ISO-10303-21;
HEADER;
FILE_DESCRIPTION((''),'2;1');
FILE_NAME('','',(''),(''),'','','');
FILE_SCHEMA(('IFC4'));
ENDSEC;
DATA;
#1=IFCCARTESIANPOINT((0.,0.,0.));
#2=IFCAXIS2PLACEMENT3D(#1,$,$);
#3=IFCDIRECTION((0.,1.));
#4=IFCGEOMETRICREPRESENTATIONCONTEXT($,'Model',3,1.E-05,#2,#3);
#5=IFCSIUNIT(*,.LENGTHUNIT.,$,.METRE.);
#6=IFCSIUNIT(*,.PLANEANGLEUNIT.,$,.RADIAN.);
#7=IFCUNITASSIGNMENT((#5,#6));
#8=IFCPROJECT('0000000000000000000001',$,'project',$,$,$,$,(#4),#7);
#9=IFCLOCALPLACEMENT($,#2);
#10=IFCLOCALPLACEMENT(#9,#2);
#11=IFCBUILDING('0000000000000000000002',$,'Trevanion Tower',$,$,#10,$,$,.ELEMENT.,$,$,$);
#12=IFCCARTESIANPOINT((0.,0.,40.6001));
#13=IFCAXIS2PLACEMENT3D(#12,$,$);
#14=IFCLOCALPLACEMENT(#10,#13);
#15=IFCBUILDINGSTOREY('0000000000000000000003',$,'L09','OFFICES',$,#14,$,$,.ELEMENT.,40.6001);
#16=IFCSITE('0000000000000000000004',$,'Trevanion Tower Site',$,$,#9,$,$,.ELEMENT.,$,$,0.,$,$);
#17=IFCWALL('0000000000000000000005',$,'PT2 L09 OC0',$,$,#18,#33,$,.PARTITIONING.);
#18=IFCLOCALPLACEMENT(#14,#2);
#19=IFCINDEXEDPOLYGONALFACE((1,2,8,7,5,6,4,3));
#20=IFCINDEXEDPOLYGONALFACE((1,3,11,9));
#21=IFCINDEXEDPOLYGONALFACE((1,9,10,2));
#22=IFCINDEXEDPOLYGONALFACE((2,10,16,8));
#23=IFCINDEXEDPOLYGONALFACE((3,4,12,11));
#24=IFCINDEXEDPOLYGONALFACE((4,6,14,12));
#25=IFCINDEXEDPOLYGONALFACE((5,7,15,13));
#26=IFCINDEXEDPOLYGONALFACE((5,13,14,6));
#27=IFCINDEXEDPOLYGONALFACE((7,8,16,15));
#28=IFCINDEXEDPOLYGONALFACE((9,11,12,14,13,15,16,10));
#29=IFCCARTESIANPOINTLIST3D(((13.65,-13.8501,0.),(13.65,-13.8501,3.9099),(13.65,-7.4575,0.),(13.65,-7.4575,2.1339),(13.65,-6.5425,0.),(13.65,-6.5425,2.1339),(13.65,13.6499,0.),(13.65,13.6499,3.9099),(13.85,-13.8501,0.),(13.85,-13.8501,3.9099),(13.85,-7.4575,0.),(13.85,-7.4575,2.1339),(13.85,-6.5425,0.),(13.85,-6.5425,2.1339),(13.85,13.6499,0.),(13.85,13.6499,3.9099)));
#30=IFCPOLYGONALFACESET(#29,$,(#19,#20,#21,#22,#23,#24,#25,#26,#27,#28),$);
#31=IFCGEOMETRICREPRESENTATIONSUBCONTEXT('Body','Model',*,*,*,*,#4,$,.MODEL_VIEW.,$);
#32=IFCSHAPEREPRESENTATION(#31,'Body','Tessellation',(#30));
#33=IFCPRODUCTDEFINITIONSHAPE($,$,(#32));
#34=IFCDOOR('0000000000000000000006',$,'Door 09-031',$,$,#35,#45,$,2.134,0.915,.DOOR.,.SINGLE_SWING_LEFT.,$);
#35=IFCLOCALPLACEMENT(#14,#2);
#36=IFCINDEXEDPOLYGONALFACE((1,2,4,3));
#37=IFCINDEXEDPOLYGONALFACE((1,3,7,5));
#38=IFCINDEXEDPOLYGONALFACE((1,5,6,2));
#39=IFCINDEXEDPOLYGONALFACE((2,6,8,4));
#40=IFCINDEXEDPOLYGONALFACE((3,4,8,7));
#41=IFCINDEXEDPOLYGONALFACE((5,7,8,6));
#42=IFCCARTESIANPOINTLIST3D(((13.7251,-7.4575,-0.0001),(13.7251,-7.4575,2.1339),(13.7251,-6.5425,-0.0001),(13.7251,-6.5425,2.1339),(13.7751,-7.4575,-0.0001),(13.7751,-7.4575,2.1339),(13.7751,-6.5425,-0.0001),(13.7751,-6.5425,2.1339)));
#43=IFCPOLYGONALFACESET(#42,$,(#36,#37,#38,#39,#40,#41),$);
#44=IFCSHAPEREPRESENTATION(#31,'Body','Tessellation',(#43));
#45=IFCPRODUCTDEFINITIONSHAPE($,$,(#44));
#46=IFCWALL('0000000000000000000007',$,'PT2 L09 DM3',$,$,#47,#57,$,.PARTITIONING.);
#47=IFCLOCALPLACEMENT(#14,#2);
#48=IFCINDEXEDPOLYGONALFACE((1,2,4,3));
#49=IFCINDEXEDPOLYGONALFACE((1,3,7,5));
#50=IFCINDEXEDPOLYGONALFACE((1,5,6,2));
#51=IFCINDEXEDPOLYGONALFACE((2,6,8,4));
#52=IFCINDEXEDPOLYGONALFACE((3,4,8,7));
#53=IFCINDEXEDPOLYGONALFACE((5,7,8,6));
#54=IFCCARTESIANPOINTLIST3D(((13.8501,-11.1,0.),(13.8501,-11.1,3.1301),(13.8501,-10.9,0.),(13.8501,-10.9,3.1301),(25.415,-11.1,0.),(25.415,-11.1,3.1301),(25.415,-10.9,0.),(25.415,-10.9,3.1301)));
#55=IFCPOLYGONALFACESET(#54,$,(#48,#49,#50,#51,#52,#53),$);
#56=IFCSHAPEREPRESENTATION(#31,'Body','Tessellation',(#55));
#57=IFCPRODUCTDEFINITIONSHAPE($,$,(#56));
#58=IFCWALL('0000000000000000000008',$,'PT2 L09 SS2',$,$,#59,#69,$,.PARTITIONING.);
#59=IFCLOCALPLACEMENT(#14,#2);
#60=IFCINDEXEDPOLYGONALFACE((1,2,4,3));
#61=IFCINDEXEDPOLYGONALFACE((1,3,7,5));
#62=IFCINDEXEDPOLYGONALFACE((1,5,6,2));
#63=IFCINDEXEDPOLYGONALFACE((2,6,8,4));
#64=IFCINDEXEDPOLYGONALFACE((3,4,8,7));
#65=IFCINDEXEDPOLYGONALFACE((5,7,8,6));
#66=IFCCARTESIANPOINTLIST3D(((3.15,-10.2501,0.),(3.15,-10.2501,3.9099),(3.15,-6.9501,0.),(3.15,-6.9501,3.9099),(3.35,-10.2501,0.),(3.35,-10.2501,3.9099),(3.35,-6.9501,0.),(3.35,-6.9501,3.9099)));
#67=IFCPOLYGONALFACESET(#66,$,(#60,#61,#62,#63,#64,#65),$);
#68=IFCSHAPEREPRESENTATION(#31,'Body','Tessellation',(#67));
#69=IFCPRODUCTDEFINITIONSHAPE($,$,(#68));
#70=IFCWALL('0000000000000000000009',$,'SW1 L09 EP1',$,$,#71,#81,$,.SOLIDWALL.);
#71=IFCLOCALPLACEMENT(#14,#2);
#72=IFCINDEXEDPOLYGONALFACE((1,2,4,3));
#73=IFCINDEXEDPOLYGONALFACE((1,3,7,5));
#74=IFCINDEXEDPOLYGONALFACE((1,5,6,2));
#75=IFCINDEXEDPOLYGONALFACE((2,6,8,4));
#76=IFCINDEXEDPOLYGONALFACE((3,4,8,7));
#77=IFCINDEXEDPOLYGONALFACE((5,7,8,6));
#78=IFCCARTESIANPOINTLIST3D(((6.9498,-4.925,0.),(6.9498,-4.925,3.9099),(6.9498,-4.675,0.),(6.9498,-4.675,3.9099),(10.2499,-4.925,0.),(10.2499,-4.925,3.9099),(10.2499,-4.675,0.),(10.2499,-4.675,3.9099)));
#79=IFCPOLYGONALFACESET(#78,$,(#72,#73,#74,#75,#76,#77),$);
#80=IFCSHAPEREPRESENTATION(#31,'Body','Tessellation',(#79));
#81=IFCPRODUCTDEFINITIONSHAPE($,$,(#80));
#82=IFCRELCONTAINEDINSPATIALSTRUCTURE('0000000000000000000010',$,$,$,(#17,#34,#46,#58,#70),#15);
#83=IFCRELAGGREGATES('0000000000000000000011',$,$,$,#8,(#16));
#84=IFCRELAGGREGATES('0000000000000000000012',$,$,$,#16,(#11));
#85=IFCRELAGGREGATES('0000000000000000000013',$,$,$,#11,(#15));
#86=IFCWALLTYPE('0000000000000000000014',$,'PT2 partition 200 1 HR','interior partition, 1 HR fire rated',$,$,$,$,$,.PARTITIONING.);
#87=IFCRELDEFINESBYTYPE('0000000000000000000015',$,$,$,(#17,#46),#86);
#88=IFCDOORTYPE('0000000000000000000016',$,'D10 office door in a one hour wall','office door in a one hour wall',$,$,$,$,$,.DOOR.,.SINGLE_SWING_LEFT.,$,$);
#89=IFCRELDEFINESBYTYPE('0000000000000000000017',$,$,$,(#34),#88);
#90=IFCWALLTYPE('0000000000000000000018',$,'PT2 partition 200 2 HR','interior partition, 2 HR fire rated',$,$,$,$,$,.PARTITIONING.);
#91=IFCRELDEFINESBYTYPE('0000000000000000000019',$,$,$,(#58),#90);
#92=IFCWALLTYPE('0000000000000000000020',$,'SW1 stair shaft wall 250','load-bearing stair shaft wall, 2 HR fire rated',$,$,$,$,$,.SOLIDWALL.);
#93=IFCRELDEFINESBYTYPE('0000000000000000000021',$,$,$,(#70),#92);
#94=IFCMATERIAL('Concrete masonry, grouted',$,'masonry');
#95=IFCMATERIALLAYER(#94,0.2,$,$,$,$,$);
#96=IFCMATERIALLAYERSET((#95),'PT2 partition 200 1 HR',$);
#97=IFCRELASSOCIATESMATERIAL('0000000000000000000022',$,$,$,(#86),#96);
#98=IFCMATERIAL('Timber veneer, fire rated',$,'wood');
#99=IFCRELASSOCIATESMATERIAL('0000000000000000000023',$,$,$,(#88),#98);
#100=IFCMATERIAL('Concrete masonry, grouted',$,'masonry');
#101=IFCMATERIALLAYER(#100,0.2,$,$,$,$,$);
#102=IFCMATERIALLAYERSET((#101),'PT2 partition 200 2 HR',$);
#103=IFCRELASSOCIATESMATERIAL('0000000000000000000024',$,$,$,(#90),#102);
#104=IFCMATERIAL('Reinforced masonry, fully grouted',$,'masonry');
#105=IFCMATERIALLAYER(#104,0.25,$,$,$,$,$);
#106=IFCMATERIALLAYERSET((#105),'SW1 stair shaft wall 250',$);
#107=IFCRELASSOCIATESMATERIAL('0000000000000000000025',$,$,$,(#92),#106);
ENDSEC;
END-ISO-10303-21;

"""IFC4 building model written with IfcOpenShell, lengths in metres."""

from ifc_helpers import new_model, si_unit, direction, frame, frame_2d, origin, place, context, subcontext, project, spatial, rectangle, extrude, material, layer, layer_set, type_object, element, fill, save


model = new_model("IFC4")

# Units and contexts
model_context = context("Model", 3, precision=1e-05, world=origin(), true_north=direction((0.0, 1.0)))
body_context = subcontext(model_context, "Body", "Model", "MODEL_VIEW")
ifc_project = project(units=[si_unit("LENGTHUNIT", "METRE"), si_unit("PLANEANGLEUNIT", "RADIAN")], contexts=[model_context])

# Site, building, storey
site_placement = place(None, origin())
site = spatial("IfcSite", under=ifc_project, at=site_placement, Name="Trevanion Tower Site", CompositionType="ELEMENT", RefElevation=0.0)
building_placement = place(site_placement, origin())
building = spatial("IfcBuilding", under=site, at=building_placement, Name="Trevanion Tower", CompositionType="ELEMENT")
storey_placement = place(building_placement, frame((0.0, 0.0, 40.6001)))
storey = spatial("IfcBuildingStorey", under=building, at=storey_placement, Name="L09", Description="OFFICES", CompositionType="ELEMENT", Elevation=40.6001)

# Wall, opening, door
ifc_material_1 = material(Name="Concrete masonry, grouted", Category="masonry")
ifc_layer_1 = layer(ifc_material_1, 0.2)
ifc_layer_set_1 = layer_set([ifc_layer_1], Name="PT2 partition 200 1 HR")
wall_type_1 = type_object("IfcWallType", Name="PT2 partition 200 1 HR", Description="interior partition, 1 HR fire rated", PredefinedType="PARTITIONING", material=ifc_layer_set_1)
wall_1_placement = place(storey_placement, frame((13.75, -13.8501, 0.0), z_axis=(0.0, 0.0, 1.0), x_axis=(0.0, 1.0, 0.0)))
wall_1 = element("IfcWall", 1, at=wall_1_placement, inside=storey, type_object=wall_type_1, Name="PT2 L09 OC0", PredefinedType="PARTITIONING", context=body_context, shape_type="SweptSolid", body=[
    extrude(rectangle(XDim=27.5, YDim=0.2, at=frame_2d((13.75, 0.0))), origin(), (0.0, 0.0, 1.0), 3.9099),
])
opening_1_placement = place(wall_1_placement, frame((6.3926, 0.0, 0.0)))
opening_1 = element("IfcOpeningElement", 2, at=opening_1_placement, cuts=wall_1, PredefinedType="OPENING", context=body_context, shape_type="SweptSolid", body=[
    extrude(rectangle(XDim=0.915, YDim=2.134, at=frame_2d((0.4575, 1.0669))), frame((0.0, 0.1099, 0.0), z_axis=(0.0, -1.0, 0.0), x_axis=(1.0, 0.0, 0.0)), (0.0, 0.0, 1.0), 0.22),
])
ifc_material_2 = material(Name="Timber veneer, fire rated", Category="wood")
door_type_1 = type_object("IfcDoorType", Name="D10 office door in a one hour wall", Description="office door in a one hour wall", OperationType="SINGLE_SWING_LEFT", PredefinedType="DOOR", material=ifc_material_2)
door_1_placement = place(opening_1_placement, origin())
door_1 = element("IfcDoor", 3, at=door_1_placement, inside=storey, type_object=door_type_1, Name="Door 09-031", OperationType="SINGLE_SWING_LEFT", OverallHeight=2.134, OverallWidth=0.915, PredefinedType="DOOR", context=body_context, shape_type="SweptSolid", body=[
    extrude(rectangle(XDim=0.915, YDim=2.134, at=frame_2d((0.4575, 1.0669))), frame((0.0, 0.0249, 0.0), z_axis=(0.0, -1.0, 0.0), x_axis=(1.0, 0.0, 0.0)), (0.0, 0.0, 1.0), 0.05),
])
fill(opening_1, door_1)

# Walls
wall_2_placement = place(storey_placement, frame((13.8501, -11.0, 0.0), z_axis=(0.0, 0.0, 1.0), x_axis=(1.0, 0.0, 0.0)))
element("IfcWall", 4, at=wall_2_placement, inside=storey, type_object=wall_type_1, Name="PT2 L09 DM3", PredefinedType="PARTITIONING", context=body_context, shape_type="SweptSolid", body=[
    extrude(rectangle(XDim=11.5649, YDim=0.2, at=frame_2d((5.7825, 0.0))), origin(), (0.0, 0.0, 1.0), 3.1301),
])
ifc_material_3 = material(Name="Concrete masonry, grouted", Category="masonry")
ifc_layer_2 = layer(ifc_material_3, 0.2)
ifc_layer_set_2 = layer_set([ifc_layer_2], Name="PT2 partition 200 2 HR")
wall_type_2 = type_object("IfcWallType", Name="PT2 partition 200 2 HR", Description="interior partition, 2 HR fire rated", PredefinedType="PARTITIONING", material=ifc_layer_set_2)
wall_3_placement = place(storey_placement, frame((3.25, -10.25, 0.0), z_axis=(0.0, 0.0, 1.0), x_axis=(0.0, 1.0, 0.0)))
element("IfcWall", 5, at=wall_3_placement, inside=storey, type_object=wall_type_2, Name="PT2 L09 SS2", PredefinedType="PARTITIONING", context=body_context, shape_type="SweptSolid", body=[
    extrude(rectangle(XDim=3.3, YDim=0.2, at=frame_2d((1.6499, 0.0))), origin(), (0.0, 0.0, 1.0), 3.9099),
])
ifc_material_4 = material(Name="Reinforced masonry, fully grouted", Category="masonry")
ifc_layer_3 = layer(ifc_material_4, 0.25)
ifc_layer_set_3 = layer_set([ifc_layer_3], Name="SW1 stair shaft wall 250")
wall_type_3 = type_object("IfcWallType", Name="SW1 stair shaft wall 250", Description="load-bearing stair shaft wall, 2 HR fire rated", PredefinedType="SOLIDWALL", material=ifc_layer_set_3)
wall_4_placement = place(storey_placement, frame((6.95, -4.8, 0.0), z_axis=(0.0, 0.0, 1.0), x_axis=(1.0, 0.0, 0.0)))
element("IfcWall", 6, at=wall_4_placement, inside=storey, type_object=wall_type_3, Name="SW1 L09 EP1", PredefinedType="SOLIDWALL", context=body_context, shape_type="SweptSolid", body=[
    extrude(rectangle(XDim=3.3, YDim=0.25, at=frame_2d((1.6499, 0.0))), origin(), (0.0, 0.0, 1.0), 3.9099),
])

save(model, "model.ifc")
